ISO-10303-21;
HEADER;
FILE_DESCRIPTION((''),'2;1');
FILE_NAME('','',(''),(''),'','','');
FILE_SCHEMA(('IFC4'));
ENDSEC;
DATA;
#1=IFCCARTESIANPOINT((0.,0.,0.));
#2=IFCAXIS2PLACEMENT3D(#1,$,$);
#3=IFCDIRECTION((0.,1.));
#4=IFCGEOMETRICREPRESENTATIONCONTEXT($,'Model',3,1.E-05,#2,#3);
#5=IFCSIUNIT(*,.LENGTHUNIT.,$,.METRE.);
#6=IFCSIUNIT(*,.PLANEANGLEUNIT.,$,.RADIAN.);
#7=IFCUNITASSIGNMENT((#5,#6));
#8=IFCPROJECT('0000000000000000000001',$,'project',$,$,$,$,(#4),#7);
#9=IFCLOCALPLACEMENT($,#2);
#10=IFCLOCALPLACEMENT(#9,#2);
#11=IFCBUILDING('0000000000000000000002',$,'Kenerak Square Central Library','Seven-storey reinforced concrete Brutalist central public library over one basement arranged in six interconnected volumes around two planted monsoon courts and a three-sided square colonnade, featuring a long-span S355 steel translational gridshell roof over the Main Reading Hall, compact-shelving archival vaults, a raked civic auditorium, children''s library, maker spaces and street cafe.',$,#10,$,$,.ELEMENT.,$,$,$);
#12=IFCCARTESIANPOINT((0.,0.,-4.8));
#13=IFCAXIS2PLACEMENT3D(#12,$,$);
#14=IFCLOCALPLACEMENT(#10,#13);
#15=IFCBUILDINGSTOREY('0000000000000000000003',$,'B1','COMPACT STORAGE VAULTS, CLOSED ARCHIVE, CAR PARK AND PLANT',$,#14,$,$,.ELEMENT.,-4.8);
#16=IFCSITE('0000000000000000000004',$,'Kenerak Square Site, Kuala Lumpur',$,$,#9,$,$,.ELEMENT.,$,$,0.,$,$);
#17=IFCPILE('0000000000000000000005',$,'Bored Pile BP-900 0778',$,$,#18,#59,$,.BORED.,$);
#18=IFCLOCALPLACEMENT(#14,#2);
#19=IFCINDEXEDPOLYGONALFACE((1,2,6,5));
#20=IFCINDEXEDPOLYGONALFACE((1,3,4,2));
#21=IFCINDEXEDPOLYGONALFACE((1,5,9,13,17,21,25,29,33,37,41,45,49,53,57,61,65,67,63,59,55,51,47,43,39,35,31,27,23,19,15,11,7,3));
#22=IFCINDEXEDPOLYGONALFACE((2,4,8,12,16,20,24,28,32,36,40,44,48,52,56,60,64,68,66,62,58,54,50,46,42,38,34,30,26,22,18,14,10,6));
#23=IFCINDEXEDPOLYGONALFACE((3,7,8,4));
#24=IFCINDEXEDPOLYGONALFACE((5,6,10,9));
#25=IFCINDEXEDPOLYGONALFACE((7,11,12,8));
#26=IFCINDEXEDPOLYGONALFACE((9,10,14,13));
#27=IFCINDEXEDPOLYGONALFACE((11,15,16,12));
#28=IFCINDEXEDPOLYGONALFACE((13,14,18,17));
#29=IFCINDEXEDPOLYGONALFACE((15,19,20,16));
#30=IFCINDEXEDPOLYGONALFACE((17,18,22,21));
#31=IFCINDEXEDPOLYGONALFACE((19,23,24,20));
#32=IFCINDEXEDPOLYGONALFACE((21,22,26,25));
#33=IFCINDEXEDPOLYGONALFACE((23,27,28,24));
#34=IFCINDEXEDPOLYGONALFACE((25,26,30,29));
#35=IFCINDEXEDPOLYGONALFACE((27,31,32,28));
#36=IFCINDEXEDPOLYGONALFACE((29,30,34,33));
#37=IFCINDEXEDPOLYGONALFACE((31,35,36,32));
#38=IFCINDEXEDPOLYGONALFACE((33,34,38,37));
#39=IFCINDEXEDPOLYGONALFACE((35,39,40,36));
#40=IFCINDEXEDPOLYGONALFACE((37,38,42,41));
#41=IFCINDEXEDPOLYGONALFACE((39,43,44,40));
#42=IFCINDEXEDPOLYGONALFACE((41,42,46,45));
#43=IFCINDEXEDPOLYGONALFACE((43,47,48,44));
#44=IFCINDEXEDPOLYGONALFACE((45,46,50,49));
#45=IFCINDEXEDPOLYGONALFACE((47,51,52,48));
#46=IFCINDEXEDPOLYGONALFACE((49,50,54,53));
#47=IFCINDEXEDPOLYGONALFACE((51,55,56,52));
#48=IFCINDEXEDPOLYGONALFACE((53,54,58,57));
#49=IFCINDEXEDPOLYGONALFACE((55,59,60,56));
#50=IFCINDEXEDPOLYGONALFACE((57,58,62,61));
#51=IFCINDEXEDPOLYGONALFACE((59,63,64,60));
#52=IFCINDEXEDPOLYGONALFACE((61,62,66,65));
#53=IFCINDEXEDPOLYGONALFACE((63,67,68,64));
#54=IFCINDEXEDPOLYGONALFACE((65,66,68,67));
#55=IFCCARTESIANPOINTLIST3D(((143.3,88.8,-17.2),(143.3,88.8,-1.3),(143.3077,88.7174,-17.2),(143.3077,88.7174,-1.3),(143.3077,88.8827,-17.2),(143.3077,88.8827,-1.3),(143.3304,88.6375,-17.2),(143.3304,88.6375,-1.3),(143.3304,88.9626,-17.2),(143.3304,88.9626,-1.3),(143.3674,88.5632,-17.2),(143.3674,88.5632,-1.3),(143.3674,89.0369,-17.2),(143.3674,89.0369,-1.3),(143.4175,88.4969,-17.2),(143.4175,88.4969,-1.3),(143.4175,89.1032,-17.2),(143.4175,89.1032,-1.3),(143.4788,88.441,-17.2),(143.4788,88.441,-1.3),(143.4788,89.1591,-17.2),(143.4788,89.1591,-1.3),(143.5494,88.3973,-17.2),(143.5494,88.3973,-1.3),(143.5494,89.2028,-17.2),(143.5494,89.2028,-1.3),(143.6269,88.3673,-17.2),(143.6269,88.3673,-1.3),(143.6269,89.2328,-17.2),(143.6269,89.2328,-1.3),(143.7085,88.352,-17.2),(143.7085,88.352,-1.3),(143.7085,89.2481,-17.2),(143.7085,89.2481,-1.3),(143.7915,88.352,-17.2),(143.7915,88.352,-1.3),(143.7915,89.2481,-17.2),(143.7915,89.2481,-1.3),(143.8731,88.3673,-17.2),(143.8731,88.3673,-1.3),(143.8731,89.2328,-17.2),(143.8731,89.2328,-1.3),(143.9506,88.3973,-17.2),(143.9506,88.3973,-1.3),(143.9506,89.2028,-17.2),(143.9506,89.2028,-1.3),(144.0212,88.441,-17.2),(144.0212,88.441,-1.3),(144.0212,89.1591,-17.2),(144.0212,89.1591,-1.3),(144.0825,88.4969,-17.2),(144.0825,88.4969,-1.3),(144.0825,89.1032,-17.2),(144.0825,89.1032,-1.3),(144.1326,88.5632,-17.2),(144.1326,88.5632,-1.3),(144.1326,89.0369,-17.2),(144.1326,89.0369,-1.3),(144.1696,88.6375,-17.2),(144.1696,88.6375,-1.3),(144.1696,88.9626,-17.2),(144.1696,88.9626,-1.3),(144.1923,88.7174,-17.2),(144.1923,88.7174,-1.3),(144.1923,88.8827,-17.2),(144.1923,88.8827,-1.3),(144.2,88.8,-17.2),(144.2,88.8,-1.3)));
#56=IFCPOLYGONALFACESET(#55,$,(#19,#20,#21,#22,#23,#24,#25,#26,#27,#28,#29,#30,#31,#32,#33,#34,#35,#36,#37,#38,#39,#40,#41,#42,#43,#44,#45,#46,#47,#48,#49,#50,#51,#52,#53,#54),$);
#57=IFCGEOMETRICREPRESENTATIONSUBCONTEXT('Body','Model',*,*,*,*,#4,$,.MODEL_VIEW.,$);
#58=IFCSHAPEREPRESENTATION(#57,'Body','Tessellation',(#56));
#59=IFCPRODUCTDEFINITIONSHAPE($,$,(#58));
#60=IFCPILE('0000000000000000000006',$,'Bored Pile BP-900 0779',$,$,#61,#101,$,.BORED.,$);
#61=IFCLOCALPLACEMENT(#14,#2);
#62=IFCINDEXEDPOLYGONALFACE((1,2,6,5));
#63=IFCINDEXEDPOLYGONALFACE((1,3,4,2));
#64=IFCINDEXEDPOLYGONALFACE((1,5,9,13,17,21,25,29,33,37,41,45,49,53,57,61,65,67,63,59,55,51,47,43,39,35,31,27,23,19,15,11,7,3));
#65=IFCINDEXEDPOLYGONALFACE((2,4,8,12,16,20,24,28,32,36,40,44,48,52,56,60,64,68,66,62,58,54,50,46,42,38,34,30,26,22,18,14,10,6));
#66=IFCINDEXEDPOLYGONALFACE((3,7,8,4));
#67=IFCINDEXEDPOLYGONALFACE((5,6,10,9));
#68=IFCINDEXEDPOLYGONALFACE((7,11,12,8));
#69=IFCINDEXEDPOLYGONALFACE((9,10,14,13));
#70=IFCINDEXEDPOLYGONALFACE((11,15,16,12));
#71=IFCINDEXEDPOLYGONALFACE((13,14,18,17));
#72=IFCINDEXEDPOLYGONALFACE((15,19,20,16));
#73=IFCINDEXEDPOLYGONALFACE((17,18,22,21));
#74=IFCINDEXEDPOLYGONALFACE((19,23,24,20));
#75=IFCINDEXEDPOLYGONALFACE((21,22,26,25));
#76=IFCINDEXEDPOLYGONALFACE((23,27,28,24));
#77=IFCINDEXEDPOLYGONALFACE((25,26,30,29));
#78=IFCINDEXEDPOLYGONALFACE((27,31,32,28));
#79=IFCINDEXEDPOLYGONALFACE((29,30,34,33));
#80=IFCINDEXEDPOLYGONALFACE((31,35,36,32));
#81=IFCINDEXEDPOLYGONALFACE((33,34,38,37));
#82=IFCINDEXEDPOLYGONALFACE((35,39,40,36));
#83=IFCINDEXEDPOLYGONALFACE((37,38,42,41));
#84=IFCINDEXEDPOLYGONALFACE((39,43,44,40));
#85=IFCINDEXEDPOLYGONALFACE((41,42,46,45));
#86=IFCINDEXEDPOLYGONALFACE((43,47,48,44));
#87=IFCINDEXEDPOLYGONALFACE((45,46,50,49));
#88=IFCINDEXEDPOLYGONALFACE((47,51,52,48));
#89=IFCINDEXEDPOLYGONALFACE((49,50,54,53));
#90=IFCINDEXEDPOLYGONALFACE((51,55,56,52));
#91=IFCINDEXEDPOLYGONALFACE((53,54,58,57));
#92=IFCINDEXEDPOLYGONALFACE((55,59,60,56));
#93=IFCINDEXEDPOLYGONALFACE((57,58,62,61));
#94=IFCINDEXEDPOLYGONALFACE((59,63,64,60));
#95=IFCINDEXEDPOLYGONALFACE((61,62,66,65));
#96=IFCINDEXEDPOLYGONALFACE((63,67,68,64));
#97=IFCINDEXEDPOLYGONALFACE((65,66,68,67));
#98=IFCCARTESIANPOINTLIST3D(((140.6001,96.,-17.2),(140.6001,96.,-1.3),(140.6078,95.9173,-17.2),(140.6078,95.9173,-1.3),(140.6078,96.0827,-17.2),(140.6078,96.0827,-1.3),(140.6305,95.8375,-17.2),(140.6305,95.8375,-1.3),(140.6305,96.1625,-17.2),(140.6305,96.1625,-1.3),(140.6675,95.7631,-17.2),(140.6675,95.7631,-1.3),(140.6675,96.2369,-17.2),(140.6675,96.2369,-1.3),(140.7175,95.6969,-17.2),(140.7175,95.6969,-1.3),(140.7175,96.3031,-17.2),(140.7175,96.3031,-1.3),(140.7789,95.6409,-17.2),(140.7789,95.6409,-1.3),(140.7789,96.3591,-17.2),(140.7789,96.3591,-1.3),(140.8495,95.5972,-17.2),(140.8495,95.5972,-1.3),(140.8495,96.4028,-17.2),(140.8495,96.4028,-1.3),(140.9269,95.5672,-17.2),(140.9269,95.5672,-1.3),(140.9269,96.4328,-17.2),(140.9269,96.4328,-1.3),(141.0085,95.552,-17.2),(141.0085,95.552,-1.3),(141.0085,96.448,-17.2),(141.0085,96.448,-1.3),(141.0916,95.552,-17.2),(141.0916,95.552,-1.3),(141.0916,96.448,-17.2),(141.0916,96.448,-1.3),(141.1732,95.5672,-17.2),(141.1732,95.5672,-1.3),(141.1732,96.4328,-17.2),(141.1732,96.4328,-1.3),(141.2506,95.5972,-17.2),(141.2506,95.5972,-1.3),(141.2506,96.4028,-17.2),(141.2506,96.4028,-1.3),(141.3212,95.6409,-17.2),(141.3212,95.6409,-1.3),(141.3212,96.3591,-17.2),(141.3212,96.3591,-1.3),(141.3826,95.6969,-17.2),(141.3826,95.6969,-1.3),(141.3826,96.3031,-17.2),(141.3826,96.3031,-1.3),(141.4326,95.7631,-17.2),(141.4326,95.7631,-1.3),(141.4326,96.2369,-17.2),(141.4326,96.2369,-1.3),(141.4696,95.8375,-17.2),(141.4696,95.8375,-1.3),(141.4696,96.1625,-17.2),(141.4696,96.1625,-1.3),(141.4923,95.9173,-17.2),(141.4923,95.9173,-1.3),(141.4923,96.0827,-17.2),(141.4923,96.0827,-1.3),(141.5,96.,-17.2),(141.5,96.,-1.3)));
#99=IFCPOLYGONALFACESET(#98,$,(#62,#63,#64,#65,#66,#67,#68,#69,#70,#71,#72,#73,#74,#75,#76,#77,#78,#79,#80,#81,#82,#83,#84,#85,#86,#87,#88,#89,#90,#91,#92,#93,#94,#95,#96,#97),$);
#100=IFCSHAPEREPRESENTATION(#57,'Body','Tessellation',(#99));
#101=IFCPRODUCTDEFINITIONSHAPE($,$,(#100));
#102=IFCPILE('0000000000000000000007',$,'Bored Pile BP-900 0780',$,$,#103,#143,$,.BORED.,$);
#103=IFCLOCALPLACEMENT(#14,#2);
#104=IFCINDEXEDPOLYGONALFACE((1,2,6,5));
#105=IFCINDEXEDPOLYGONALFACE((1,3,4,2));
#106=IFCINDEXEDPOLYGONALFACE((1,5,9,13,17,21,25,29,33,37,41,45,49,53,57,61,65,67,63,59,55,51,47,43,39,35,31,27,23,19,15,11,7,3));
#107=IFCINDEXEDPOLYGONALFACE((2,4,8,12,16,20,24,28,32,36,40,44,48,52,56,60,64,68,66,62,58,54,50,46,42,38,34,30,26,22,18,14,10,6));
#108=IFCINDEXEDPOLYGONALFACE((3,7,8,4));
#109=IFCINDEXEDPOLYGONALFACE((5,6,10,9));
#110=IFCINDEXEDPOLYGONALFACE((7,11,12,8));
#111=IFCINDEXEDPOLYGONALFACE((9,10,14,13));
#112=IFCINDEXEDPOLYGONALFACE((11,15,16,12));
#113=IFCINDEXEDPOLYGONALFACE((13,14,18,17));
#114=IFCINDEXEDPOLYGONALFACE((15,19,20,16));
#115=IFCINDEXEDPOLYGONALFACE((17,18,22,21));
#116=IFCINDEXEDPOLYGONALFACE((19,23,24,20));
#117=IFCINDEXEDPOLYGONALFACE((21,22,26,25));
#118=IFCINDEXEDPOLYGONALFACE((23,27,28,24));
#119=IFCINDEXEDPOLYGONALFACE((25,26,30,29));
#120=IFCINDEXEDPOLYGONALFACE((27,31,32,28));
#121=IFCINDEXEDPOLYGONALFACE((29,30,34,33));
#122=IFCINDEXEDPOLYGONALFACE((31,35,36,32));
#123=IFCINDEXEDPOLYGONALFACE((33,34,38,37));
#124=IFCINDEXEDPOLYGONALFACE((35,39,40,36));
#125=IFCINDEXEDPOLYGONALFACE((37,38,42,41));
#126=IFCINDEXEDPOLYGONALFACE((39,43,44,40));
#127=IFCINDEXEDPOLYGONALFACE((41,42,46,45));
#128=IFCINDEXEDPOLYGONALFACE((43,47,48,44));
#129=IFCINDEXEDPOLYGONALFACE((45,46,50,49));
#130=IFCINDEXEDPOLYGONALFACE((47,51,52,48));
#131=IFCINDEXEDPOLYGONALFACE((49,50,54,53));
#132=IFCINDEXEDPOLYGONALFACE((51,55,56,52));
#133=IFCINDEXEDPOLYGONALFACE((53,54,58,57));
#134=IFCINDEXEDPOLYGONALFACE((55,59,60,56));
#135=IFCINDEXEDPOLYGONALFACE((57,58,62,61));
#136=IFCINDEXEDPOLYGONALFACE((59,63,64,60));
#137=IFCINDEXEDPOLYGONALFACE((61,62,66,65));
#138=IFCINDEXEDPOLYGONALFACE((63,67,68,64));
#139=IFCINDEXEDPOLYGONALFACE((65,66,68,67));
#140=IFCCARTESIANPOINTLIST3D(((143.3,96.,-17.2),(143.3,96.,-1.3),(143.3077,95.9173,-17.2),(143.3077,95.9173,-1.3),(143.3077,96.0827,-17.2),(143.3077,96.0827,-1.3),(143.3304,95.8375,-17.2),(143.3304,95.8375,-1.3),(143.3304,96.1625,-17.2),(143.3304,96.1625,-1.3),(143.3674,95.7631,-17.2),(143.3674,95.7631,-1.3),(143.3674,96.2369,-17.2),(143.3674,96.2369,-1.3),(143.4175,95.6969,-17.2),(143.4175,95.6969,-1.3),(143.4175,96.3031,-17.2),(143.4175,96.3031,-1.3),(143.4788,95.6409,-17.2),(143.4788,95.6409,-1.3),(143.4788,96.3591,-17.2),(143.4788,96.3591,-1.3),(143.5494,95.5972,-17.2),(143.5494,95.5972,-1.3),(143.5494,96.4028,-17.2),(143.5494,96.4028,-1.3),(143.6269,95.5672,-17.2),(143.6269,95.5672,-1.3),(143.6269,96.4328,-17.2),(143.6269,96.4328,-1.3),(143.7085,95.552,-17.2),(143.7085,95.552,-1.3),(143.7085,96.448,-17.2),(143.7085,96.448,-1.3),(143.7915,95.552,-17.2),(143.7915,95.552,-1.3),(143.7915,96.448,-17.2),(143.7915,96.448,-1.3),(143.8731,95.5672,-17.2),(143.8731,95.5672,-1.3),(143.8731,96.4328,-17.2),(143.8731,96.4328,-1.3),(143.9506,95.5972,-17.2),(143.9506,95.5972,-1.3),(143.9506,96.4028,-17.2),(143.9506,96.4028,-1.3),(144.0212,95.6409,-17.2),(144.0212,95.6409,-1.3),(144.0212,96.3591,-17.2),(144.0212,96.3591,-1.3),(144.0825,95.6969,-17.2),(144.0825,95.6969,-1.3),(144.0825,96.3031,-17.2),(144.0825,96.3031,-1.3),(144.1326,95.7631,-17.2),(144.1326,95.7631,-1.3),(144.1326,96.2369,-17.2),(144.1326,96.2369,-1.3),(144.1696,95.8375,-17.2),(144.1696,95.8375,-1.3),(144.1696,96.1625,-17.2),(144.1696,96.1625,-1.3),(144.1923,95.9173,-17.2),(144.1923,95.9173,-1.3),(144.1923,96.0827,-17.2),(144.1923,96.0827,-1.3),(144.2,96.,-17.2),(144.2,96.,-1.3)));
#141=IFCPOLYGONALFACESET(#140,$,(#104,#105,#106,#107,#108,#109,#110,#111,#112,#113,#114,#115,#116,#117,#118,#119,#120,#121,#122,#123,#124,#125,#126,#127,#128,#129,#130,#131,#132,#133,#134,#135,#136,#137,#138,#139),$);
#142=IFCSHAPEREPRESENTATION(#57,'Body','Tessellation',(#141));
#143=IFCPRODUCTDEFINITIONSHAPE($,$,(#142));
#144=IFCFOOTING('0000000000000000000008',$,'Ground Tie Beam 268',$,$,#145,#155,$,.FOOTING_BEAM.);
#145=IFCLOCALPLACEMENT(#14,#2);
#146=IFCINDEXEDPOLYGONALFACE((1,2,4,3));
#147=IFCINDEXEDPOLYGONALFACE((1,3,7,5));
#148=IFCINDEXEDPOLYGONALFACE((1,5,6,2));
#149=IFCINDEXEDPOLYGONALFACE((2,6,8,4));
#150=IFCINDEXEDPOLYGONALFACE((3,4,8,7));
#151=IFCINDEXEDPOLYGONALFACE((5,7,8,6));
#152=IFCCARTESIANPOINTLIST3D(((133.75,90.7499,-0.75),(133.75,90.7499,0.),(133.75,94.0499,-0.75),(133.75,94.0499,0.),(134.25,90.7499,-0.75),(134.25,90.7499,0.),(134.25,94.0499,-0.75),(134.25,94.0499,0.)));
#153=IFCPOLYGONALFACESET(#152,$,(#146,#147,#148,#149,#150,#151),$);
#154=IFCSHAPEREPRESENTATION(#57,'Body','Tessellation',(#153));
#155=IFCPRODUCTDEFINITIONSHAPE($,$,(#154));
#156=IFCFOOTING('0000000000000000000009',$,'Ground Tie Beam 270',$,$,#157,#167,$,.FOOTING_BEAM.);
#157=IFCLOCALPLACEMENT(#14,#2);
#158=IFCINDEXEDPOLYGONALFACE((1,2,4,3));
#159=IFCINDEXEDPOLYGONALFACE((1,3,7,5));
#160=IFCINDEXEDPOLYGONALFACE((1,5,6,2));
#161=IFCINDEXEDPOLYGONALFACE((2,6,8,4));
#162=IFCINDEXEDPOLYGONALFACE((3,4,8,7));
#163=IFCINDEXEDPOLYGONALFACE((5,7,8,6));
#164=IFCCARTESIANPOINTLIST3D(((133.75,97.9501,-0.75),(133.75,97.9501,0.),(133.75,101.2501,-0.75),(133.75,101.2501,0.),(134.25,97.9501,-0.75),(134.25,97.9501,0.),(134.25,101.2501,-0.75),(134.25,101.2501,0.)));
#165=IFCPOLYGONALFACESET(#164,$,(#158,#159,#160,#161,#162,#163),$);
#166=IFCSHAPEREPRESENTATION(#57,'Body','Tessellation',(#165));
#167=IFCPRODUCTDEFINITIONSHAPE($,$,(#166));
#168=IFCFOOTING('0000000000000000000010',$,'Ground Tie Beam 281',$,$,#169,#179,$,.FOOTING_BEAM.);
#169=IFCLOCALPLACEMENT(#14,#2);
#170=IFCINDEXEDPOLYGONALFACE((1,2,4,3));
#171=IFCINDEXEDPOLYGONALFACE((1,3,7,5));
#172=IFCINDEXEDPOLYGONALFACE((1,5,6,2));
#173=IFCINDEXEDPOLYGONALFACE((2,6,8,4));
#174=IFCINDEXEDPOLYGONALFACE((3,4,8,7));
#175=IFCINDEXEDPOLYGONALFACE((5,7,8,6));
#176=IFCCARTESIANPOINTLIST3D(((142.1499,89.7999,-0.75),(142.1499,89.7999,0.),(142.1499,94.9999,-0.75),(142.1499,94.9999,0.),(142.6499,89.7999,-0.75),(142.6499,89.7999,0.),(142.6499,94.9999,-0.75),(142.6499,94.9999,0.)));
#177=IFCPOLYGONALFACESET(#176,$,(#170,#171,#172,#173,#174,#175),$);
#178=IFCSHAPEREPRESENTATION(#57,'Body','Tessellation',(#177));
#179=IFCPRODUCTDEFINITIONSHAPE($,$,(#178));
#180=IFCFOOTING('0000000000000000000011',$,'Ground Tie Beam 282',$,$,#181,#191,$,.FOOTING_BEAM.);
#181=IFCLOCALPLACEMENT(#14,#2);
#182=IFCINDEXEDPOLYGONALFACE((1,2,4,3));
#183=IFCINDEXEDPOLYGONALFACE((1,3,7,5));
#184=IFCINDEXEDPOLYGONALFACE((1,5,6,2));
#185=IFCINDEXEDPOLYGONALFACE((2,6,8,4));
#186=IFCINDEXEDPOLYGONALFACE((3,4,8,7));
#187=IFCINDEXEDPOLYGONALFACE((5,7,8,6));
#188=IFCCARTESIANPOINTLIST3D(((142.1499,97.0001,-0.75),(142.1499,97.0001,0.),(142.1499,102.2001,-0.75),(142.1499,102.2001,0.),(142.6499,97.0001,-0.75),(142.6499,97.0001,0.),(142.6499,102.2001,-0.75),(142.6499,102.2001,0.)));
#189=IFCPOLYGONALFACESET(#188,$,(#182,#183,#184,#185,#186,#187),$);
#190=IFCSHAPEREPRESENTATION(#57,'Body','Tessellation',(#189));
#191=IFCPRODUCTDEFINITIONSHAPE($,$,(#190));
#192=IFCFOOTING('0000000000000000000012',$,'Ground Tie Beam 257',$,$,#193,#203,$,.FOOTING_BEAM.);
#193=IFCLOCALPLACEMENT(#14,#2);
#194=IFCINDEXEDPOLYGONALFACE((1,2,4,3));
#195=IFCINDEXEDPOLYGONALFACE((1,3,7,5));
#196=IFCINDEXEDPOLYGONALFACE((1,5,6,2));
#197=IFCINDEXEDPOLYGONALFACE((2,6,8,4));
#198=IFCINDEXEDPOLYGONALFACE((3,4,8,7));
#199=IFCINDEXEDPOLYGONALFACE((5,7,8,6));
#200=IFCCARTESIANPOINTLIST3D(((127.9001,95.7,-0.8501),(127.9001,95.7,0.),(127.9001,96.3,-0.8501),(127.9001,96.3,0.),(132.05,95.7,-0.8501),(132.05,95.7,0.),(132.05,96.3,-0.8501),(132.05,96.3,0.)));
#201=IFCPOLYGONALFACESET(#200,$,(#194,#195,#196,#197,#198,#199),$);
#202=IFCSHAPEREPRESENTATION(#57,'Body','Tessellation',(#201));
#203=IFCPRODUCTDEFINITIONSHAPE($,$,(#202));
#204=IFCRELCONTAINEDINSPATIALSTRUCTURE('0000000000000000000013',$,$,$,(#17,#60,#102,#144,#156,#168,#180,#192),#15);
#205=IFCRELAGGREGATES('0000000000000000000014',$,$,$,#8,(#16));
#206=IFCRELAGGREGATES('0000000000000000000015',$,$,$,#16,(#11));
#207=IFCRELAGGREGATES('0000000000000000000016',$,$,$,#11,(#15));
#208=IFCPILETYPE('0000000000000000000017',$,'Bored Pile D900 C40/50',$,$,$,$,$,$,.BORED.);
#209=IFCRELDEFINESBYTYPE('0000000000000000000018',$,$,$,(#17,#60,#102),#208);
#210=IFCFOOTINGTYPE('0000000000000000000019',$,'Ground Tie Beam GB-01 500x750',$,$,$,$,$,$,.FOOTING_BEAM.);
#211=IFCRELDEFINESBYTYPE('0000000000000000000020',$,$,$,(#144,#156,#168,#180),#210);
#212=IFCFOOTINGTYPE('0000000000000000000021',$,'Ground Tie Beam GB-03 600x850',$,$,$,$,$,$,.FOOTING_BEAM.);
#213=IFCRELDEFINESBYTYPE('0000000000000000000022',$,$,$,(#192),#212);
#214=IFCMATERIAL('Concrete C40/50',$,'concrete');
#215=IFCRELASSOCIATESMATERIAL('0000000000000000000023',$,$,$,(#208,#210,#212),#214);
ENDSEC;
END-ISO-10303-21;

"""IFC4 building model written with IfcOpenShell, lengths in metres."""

from ifc_helpers import new_model, si_unit, direction, frame, origin, origin_2d, place, context, subcontext, project, spatial, rectangle, circle, extrude, material, material_profile, profile_set, type_object, element, save


model = new_model("IFC4")

# Units and contexts
model_context = context("Model", 3, precision=1e-05, world=origin(), true_north=direction((0.0, 1.0)))
body_context = subcontext(model_context, "Body", "Model", "MODEL_VIEW")
ifc_project = project(units=[si_unit("LENGTHUNIT", "METRE"), si_unit("PLANEANGLEUNIT", "RADIAN")], contexts=[model_context])

# Site, building, storey
site_placement = place(None, origin())
site = spatial("IfcSite", under=ifc_project, at=site_placement, Name="Kenerak Square Site, Kuala Lumpur", CompositionType="ELEMENT", RefElevation=0.0)
building_placement = place(site_placement, origin())
building = spatial("IfcBuilding", under=site, at=building_placement, Name="Kenerak Square Central Library", Description="Seven-storey reinforced concrete Brutalist central public library over one basement arranged in six interconnected volumes around two planted monsoon courts and a three-sided square colonnade, featuring a long-span S355 steel translational gridshell roof over the Main Reading Hall, compact-shelving archival vaults, a raked civic auditorium, children's library, maker spaces and street cafe.", CompositionType="ELEMENT")
storey_placement = place(building_placement, frame((0.0, 0.0, -4.8)))
storey = spatial("IfcBuildingStorey", under=building, at=storey_placement, Name="B1", Description="COMPACT STORAGE VAULTS, CLOSED ARCHIVE, CAR PARK AND PLANT", CompositionType="ELEMENT", Elevation=-4.8)

# Piles
ifc_material_1 = material(Name="Concrete C40/50", Category="concrete")
ifc_material_profile_1 = material_profile(ifc_material_1, circle(Radius=0.45, at=origin_2d()), Name="BP D900")
ifc_profile_set_1 = profile_set([ifc_material_profile_1], Name="Concrete C40/50")
pile_type_1 = type_object("IfcPileType", Name="Bored Pile D900 C40/50", PredefinedType="BORED", material=ifc_profile_set_1)
for number, where, z_axis, x_axis, name in (
    (1, (143.75, 88.8, -1.3), (0.0, 0.0, -1.0), (1.0, 0.0, 0.0), "Bored Pile BP-900 0778"),
    (2, (141.05, 96.0, -1.3), (0.0, 0.0, -1.0), (1.0, 0.0, 0.0), "Bored Pile BP-900 0779"),
    (3, (143.75, 96.0, -1.3), (0.0, 0.0, -1.0), (1.0, 0.0, 0.0), "Bored Pile BP-900 0780"),
):
    element("IfcPile", number, at=place(storey_placement, frame(where, z_axis=z_axis, x_axis=x_axis)), inside=storey, type_object=pile_type_1, Name=name, PredefinedType="BORED", context=body_context, shape_type="SweptSolid", body=[
        extrude(circle(Radius=0.45, at=origin_2d()), origin(), (0.0, 0.0, 1.0), 15.8999),
    ])

# Footings
footing_type_1 = type_object("IfcFootingType", Name="Ground Tie Beam GB-01 500x750", PredefinedType="FOOTING_BEAM", material=ifc_material_1)
for number, where, z_axis, x_axis, name in (
    (4, (134.0, 92.3999, -0.75), (0.0, 0.0, 1.0), (1.0, 0.0, 0.0), "Ground Tie Beam 268"),
    (5, (134.0, 99.6001, -0.75), (0.0, 0.0, 1.0), (1.0, 0.0, 0.0), "Ground Tie Beam 270"),
):
    element("IfcFooting", number, at=place(storey_placement, frame(where, z_axis=z_axis, x_axis=x_axis)), inside=storey, type_object=footing_type_1, Name=name, PredefinedType="FOOTING_BEAM", context=body_context, shape_type="SweptSolid", body=[
        extrude(rectangle(XDim=0.5, YDim=3.3, at=origin_2d()), origin(), (0.0, 0.0, 1.0), 0.75),
    ])
for number, where, z_axis, x_axis, name in (
    (6, (142.3999, 92.3999, -0.75), (0.0, 0.0, 1.0), (1.0, 0.0, 0.0), "Ground Tie Beam 281"),
    (7, (142.3999, 99.6001, -0.75), (0.0, 0.0, 1.0), (1.0, 0.0, 0.0), "Ground Tie Beam 282"),
):
    element("IfcFooting", number, at=place(storey_placement, frame(where, z_axis=z_axis, x_axis=x_axis)), inside=storey, type_object=footing_type_1, Name=name, PredefinedType="FOOTING_BEAM", context=body_context, shape_type="SweptSolid", body=[
        extrude(rectangle(XDim=0.5, YDim=5.2, at=origin_2d()), origin(), (0.0, 0.0, 1.0), 0.75),
    ])
footing_type_2 = type_object("IfcFootingType", Name="Ground Tie Beam GB-03 600x850", PredefinedType="FOOTING_BEAM", material=ifc_material_1)
footing_1_placement = place(storey_placement, frame((129.9751, 96.0, -0.8501), z_axis=(0.0, 0.0, 1.0), x_axis=(1.0, 0.0, 0.0)))
element("IfcFooting", 8, at=footing_1_placement, inside=storey, type_object=footing_type_2, Name="Ground Tie Beam 257", PredefinedType="FOOTING_BEAM", context=body_context, shape_type="SweptSolid", body=[
    extrude(rectangle(XDim=4.1499, YDim=0.6001, at=origin_2d()), origin(), (0.0, 0.0, 1.0), 0.8501),
])

save(model, "model.ifc")
